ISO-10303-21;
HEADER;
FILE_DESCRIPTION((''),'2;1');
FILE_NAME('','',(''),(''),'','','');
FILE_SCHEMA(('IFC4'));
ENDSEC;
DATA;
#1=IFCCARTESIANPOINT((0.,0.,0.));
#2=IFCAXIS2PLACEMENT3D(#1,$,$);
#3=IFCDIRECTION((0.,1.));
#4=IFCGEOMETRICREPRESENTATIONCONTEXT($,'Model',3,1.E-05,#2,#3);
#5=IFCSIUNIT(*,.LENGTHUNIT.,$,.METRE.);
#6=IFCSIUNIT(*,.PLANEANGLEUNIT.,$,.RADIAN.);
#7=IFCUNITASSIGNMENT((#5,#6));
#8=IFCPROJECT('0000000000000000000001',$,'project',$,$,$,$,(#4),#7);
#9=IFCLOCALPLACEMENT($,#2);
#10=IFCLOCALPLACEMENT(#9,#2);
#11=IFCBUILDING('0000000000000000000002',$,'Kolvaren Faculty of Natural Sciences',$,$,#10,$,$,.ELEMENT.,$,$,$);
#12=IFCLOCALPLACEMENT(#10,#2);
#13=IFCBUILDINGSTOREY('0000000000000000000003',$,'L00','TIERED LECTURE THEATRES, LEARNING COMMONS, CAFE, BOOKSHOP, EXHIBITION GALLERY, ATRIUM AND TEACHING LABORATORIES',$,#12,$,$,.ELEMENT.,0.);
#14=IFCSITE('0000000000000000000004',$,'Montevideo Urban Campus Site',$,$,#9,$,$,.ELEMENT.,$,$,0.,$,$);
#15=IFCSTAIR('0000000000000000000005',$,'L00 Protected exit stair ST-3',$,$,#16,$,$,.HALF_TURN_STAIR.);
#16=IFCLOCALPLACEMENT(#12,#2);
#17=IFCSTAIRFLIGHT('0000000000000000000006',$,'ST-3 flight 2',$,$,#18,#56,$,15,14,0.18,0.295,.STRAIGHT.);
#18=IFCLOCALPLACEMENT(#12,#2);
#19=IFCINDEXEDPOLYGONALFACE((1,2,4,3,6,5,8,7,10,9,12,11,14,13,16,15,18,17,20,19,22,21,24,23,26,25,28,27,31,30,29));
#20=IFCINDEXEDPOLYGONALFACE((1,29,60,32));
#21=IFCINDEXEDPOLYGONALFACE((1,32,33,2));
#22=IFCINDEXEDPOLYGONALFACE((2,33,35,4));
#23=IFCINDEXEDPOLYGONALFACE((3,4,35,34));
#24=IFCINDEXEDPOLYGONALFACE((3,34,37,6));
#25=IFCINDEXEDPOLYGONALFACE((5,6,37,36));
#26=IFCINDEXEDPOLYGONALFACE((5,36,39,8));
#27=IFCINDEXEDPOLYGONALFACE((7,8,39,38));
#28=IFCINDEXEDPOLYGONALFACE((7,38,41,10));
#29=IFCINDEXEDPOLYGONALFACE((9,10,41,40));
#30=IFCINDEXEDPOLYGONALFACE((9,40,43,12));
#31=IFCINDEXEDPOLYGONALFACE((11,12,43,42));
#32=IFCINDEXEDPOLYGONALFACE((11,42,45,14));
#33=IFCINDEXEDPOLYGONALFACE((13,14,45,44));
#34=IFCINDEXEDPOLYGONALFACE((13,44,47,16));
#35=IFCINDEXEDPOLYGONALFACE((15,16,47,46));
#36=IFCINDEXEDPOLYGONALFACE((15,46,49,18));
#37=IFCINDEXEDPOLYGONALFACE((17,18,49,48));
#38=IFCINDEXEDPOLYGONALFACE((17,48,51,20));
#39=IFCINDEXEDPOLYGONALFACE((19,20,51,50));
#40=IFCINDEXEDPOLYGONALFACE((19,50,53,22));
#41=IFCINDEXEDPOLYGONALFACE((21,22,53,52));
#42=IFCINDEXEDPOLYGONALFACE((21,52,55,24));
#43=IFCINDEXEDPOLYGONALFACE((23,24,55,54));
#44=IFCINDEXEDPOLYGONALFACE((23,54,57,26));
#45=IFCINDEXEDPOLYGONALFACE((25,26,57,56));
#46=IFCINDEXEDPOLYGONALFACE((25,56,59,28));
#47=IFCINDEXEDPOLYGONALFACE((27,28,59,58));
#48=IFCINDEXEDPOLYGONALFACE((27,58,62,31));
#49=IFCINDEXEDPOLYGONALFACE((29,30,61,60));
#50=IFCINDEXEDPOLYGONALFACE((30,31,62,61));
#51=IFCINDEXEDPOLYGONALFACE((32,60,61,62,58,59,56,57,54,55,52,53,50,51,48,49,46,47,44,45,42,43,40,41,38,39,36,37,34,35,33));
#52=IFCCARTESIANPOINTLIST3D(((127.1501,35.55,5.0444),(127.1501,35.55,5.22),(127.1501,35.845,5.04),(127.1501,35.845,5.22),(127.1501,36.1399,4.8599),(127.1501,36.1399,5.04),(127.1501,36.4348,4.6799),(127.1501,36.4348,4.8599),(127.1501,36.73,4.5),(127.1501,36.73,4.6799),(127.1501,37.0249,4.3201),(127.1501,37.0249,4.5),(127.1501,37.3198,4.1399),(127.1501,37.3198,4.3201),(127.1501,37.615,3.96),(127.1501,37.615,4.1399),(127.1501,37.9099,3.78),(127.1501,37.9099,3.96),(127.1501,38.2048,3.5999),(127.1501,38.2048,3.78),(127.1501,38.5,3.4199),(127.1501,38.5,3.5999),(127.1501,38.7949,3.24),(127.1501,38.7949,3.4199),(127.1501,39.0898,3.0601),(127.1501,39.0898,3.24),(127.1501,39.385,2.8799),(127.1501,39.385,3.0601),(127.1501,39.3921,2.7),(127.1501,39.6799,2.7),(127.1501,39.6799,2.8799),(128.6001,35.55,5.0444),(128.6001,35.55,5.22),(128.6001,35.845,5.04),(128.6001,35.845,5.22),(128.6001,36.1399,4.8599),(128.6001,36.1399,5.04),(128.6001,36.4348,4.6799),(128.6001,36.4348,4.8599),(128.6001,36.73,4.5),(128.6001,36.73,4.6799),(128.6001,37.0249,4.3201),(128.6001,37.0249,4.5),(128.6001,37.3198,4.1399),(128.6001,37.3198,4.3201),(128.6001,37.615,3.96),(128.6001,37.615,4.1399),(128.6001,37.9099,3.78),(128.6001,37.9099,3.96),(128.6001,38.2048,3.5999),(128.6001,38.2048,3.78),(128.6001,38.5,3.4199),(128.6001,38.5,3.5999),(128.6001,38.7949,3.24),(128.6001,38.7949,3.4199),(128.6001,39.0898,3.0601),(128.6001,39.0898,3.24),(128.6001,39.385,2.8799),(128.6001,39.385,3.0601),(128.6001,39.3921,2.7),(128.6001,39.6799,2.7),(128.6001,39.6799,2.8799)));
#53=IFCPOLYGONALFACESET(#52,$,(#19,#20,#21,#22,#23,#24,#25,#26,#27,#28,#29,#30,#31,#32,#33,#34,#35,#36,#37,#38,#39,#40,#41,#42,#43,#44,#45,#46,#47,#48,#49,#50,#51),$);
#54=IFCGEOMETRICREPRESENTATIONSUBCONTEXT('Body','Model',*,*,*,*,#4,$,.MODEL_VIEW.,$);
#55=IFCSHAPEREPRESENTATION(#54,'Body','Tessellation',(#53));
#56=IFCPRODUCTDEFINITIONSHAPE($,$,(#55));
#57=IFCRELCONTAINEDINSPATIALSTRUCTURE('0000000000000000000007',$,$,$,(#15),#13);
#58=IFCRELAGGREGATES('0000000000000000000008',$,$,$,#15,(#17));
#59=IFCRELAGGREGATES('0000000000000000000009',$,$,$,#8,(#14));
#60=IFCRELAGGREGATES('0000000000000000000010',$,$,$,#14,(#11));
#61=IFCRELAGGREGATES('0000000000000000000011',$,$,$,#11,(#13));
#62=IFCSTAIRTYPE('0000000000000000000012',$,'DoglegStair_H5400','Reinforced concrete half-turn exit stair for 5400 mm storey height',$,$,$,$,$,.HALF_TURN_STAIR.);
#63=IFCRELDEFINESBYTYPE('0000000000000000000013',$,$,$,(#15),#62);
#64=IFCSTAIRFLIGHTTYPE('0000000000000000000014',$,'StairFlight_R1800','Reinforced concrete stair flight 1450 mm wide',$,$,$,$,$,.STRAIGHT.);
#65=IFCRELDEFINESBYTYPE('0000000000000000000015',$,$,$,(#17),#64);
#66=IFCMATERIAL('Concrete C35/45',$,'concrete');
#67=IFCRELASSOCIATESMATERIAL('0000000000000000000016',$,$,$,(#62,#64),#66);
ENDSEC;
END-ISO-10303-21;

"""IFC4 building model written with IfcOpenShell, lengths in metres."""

from ifc_helpers import new_model, si_unit, direction, frame, origin, place, context, subcontext, project, spatial, polyline, outline, extrude, material, type_object, element, aggregate, save


model = new_model("IFC4")

# Units and contexts
model_context = context("Model", 3, precision=1e-05, world=origin(), true_north=direction((0.0, 1.0)))
body_context = subcontext(model_context, "Body", "Model", "MODEL_VIEW")
ifc_project = project(units=[si_unit("LENGTHUNIT", "METRE"), si_unit("PLANEANGLEUNIT", "RADIAN")], contexts=[model_context])

# Site, building, storey
site_placement = place(None, origin())
site = spatial("IfcSite", under=ifc_project, at=site_placement, Name="Montevideo Urban Campus Site", CompositionType="ELEMENT", RefElevation=0.0)
building_placement = place(site_placement, origin())
building = spatial("IfcBuilding", under=site, at=building_placement, Name="Kolvaren Faculty of Natural Sciences", CompositionType="ELEMENT")
storey_placement = place(building_placement, origin())
storey = spatial("IfcBuildingStorey", under=building, at=storey_placement, Name="L00", Description="TIERED LECTURE THEATRES, LEARNING COMMONS, CAFE, BOOKSHOP, EXHIBITION GALLERY, ATRIUM AND TEACHING LABORATORIES", CompositionType="ELEMENT", Elevation=0.0)

# Shared definitions
ifc_material_1 = material(Name="Concrete C35/45", Category="concrete")

# Stair, stair flight
stair_type = type_object("IfcStairType", Name="DoglegStair_H5400", Description="Reinforced concrete half-turn exit stair for 5400 mm storey height", PredefinedType="HALF_TURN_STAIR", material=ifc_material_1)
stair_placement = place(storey_placement, origin())
stair = element("IfcStair", 1, at=stair_placement, inside=storey, type_object=stair_type, Name="L00 Protected exit stair ST-3", PredefinedType="HALF_TURN_STAIR")
stair_flight_type = type_object("IfcStairFlightType", Name="StairFlight_R1800", Description="Reinforced concrete stair flight 1450 mm wide", PredefinedType="STRAIGHT", material=ifc_material_1)
stair_flight_1_placement = place(storey_placement, frame((127.875, 39.6799, 2.7), z_axis=(0.0, 0.0, 1.0), x_axis=(0.0, -1.0, 0.0)))
stair_flight_1 = element("IfcStairFlight", 2, at=stair_flight_1_placement, type_object=stair_flight_type, Name="ST-3 flight 2", NumberOfRisers=15, NumberOfTreads=14, PredefinedType="STRAIGHT", RiserHeight=0.18, TreadLength=0.295, context=body_context, shape_type="SweptSolid", body=[
    extrude(outline(polyline([(0.0, 0.0), (0.0, 0.1799), (0.2949, 0.1799), (0.2949, 0.3601), (0.5901, 0.3601), (0.5901, 0.54), (0.885, 0.54), (0.885, 0.72), (1.1799, 0.72), (1.1799, 0.8999), (1.4751, 0.8999), (1.4751, 1.0801), (1.77, 1.0801), (1.77, 1.26), (2.0649, 1.26), (2.0649, 1.4399), (2.3601, 1.4399), (2.3601, 1.6201), (2.655, 1.6201), (2.655, 1.8), (2.95, 1.8), (2.95, 1.98), (3.2451, 1.98), (3.2451, 2.1599), (3.54, 2.1599), (3.54, 2.3401), (3.835, 2.3401), (3.835, 2.52), (4.1299, 2.52), (4.1299, 2.7), (4.1299, 2.3445), (0.2878, 0.0), (0.0, 0.0)])), frame((0.0, 0.7251, 0.0), z_axis=(0.0, -1.0, 0.0), x_axis=(1.0, 0.0, 0.0)), (0.0, 0.0, 1.0), 1.45),
])
aggregate(stair, [stair_flight_1])

save(model, "model.ifc")
